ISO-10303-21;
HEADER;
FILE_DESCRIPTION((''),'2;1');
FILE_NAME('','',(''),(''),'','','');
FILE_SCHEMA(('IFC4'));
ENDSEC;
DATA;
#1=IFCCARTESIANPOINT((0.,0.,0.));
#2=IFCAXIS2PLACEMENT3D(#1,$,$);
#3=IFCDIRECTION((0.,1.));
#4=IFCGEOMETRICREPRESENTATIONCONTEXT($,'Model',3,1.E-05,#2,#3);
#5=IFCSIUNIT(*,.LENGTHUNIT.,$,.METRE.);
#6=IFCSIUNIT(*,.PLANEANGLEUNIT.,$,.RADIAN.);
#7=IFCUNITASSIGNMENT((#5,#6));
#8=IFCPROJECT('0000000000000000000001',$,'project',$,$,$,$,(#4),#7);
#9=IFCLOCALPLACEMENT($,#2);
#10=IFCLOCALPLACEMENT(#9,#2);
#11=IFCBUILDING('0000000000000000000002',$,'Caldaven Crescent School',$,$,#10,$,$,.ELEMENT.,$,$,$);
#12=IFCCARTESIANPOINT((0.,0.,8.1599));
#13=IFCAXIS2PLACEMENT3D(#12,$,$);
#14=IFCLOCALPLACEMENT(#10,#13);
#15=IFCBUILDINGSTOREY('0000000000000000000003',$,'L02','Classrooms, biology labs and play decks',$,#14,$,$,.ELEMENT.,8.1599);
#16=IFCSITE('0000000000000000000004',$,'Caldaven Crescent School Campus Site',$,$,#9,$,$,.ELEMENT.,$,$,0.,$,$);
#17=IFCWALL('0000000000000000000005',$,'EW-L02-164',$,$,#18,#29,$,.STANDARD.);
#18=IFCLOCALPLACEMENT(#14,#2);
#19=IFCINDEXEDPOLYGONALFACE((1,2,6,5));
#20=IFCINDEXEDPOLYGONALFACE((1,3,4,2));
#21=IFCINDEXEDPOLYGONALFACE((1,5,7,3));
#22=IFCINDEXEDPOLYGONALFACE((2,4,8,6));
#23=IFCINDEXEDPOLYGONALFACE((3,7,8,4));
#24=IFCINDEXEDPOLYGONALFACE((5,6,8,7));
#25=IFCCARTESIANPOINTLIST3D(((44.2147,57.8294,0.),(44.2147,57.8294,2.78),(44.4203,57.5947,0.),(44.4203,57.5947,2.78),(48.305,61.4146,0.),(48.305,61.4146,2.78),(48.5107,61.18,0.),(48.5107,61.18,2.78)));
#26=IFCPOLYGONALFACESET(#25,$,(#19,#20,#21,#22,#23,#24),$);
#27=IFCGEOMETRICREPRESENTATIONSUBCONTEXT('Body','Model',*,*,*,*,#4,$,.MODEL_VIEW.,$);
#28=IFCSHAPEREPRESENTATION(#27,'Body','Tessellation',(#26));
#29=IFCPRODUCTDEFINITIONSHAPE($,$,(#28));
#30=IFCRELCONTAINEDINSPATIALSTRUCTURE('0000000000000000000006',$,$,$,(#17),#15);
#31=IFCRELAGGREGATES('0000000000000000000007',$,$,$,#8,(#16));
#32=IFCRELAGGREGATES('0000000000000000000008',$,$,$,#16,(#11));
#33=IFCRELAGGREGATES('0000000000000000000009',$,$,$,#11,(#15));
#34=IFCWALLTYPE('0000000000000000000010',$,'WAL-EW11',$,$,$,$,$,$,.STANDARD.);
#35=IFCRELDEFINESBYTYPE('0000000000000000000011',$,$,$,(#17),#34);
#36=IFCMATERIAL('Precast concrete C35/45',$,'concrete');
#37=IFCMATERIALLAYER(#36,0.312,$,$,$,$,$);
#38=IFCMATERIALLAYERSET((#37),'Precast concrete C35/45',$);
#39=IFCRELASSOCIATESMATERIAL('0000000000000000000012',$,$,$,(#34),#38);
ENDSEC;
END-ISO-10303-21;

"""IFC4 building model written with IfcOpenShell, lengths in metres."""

from ifc_helpers import new_model, si_unit, direction, frame, frame_2d, origin, place, context, subcontext, project, spatial, rectangle, extrude, material, layer, layer_set, type_object, element, save


model = new_model("IFC4")

# Units and contexts
model_context = context("Model", 3, precision=1e-05, world=origin(), true_north=direction((0.0, 1.0)))
body_context = subcontext(model_context, "Body", "Model", "MODEL_VIEW")
ifc_project = project(units=[si_unit("LENGTHUNIT", "METRE"), si_unit("PLANEANGLEUNIT", "RADIAN")], contexts=[model_context])

# Site, building, storey
site_placement = place(None, origin())
site = spatial("IfcSite", under=ifc_project, at=site_placement, Name="Caldaven Crescent School Campus Site", CompositionType="ELEMENT", RefElevation=0.0)
building_placement = place(site_placement, origin())
building = spatial("IfcBuilding", under=site, at=building_placement, Name="Caldaven Crescent School", CompositionType="ELEMENT")
storey_placement = place(building_placement, frame((0.0, 0.0, 8.1599)))
storey = spatial("IfcBuildingStorey", under=building, at=storey_placement, Name="L02", Description="Classrooms, biology labs and play decks", CompositionType="ELEMENT", Elevation=8.1599)

# Wall
ifc_material_1 = material(Name="Precast concrete C35/45", Category="concrete")
ifc_layer_1 = layer(ifc_material_1, 0.312)
ifc_layer_set_1 = layer_set([ifc_layer_1], Name="Precast concrete C35/45")
wall_type = type_object("IfcWallType", Name="WAL-EW11", PredefinedType="STANDARD", material=ifc_layer_set_1)
wall_placement = place(storey_placement, frame((48.408, 61.2974, 0.0), z_axis=(0.0, 0.0, 1.0), x_axis=(-0.752015, -0.659146, 0.0)))
element("IfcWall", 1, at=wall_placement, inside=storey, type_object=wall_type, Name="EW-L02-164", PredefinedType="STANDARD", context=body_context, shape_type="SweptSolid", body=[
    extrude(rectangle(XDim=5.4392, YDim=0.312, at=frame_2d((2.7197, 0.0))), origin(), (0.0, 0.0, 1.0), 2.78),
])

save(model, "model.ifc")
